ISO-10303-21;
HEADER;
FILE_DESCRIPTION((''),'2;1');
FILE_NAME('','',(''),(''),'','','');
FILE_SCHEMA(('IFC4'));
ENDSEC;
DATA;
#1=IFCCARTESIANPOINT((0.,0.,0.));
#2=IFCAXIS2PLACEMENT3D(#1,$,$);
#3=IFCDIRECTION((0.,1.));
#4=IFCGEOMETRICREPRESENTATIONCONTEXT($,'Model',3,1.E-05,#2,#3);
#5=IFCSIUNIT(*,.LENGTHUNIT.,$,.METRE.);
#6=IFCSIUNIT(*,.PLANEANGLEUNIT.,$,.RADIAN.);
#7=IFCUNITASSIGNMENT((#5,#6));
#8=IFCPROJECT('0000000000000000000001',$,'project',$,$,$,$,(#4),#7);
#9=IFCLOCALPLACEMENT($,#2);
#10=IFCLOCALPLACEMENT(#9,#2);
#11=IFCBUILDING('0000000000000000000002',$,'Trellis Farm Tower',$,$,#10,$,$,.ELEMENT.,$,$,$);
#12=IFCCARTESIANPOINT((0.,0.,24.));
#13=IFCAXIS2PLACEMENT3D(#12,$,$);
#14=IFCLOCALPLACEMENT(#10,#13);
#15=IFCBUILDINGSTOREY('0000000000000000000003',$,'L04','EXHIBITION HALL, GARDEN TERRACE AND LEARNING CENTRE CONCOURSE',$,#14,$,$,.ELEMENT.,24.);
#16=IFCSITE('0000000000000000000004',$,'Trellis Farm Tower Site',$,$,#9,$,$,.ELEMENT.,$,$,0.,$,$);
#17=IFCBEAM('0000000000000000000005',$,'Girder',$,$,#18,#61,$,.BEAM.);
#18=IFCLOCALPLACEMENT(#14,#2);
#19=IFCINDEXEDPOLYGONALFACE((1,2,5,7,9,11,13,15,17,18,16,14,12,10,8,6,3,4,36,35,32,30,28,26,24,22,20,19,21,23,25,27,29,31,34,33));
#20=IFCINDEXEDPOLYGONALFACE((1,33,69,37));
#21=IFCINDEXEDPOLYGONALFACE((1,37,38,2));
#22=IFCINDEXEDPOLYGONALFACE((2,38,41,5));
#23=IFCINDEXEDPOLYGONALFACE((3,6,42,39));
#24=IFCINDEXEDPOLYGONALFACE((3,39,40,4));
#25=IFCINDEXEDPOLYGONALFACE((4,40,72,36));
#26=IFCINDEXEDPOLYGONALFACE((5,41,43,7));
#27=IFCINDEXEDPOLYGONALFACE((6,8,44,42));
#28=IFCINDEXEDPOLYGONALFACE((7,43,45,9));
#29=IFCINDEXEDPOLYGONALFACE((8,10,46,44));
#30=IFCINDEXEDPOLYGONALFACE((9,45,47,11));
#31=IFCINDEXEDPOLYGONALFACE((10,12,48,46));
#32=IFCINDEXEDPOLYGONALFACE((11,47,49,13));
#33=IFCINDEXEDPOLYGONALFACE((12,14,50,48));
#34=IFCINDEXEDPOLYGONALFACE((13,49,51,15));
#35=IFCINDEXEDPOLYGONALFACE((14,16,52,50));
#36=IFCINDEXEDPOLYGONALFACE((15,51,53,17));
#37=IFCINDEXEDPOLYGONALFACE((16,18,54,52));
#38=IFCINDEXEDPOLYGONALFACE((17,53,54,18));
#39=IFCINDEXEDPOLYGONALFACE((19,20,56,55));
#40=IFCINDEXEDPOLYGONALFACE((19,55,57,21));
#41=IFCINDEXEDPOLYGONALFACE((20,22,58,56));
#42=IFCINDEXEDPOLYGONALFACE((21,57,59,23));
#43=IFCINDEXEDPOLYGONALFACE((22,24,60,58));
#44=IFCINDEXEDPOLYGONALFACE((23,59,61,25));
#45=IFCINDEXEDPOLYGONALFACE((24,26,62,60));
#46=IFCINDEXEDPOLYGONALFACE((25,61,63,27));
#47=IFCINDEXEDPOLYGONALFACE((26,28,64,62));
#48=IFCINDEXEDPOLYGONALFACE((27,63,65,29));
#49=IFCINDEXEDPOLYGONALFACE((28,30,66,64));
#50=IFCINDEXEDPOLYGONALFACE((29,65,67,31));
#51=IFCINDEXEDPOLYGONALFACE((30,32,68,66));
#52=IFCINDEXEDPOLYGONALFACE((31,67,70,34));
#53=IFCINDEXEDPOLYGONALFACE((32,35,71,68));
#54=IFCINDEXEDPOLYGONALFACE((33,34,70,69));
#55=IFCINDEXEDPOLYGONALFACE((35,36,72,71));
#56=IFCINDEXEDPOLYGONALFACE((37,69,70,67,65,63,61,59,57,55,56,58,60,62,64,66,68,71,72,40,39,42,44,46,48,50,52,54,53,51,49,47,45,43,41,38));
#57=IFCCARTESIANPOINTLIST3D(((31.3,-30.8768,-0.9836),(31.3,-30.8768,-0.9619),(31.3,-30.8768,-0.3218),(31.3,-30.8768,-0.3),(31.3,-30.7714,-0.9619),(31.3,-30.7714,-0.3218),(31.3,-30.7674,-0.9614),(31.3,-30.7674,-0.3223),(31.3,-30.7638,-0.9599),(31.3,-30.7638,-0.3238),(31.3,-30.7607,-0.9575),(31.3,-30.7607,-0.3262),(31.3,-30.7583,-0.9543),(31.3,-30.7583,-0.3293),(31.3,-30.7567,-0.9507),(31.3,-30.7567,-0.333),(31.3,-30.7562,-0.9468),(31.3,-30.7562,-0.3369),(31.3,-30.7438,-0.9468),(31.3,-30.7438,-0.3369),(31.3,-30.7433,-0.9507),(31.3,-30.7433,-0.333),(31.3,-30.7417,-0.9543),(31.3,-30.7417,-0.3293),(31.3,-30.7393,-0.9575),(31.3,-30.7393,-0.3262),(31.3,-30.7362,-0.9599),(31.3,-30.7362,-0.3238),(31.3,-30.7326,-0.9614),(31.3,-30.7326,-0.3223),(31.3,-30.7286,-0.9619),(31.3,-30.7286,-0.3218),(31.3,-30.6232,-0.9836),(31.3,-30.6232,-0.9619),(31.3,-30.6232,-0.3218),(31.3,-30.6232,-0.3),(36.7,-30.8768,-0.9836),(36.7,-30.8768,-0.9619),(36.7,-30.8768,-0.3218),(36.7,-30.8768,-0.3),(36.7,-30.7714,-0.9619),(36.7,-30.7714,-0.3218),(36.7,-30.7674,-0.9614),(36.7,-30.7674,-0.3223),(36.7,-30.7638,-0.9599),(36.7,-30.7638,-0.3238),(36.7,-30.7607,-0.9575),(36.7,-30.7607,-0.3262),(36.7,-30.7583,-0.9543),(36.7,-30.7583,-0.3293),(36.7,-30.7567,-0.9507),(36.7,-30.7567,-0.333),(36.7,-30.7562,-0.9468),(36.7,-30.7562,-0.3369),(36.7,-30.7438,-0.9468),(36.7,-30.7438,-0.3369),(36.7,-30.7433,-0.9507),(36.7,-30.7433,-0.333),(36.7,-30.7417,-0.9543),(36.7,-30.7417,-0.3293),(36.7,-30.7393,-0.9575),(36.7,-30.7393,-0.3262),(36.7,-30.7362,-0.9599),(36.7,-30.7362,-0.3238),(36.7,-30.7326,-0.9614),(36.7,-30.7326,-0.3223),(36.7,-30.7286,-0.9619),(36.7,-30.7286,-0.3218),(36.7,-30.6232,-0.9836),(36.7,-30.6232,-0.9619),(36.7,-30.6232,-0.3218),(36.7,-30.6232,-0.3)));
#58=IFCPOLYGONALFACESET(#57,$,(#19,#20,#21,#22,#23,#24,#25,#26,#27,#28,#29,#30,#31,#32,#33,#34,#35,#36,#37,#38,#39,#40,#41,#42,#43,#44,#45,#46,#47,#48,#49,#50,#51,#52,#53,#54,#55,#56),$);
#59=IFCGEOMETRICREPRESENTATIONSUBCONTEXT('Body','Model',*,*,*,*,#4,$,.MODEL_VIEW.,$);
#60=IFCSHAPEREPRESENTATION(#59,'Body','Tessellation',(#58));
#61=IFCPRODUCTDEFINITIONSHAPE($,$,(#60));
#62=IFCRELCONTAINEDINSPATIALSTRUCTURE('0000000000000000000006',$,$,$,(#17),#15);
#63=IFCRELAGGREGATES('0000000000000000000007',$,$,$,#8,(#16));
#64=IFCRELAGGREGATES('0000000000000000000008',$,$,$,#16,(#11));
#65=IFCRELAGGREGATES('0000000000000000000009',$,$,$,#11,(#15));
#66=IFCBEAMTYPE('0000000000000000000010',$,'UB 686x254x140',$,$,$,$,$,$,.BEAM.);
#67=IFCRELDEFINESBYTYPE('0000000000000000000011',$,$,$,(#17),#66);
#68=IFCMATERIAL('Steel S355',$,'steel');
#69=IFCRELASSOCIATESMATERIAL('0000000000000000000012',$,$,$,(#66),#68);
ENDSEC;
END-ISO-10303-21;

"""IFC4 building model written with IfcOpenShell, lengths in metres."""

from ifc_helpers import new_model, si_unit, direction, frame, origin, origin_2d, place, context, subcontext, project, spatial, i_section, extrude, source, transform, mapped, material, material_profile, profile_set, type_object, element, save


model = new_model("IFC4")

# Units and contexts
model_context = context("Model", 3, precision=1e-05, world=origin(), true_north=direction((0.0, 1.0)))
body_context = subcontext(model_context, "Body", "Model", "MODEL_VIEW")
ifc_project = project(units=[si_unit("LENGTHUNIT", "METRE"), si_unit("PLANEANGLEUNIT", "RADIAN")], contexts=[model_context])

# Site, building, storey
site_placement = place(None, origin())
site = spatial("IfcSite", under=ifc_project, at=site_placement, Name="Trellis Farm Tower Site", CompositionType="ELEMENT", RefElevation=0.0)
building_placement = place(site_placement, origin())
building = spatial("IfcBuilding", under=site, at=building_placement, Name="Trellis Farm Tower", CompositionType="ELEMENT")
storey_placement = place(building_placement, frame((0.0, 0.0, 24.0)))
storey = spatial("IfcBuildingStorey", under=building, at=storey_placement, Name="L04", Description="EXHIBITION HALL, GARDEN TERRACE AND LEARNING CENTRE CONCOURSE", CompositionType="ELEMENT", Elevation=24.0)

# Beam
ifc_material_1 = material(Name="Steel S355", Category="steel")
ifc_material_profile_1 = material_profile(ifc_material_1, i_section(OverallWidth=0.2537, OverallDepth=0.6836, WebThickness=0.0125, FlangeThickness=0.0217, FilletRadius=0.0151, at=origin_2d()), Name="UB 686x254x140")
ifc_profile_set_1 = profile_set([ifc_material_profile_1], Name="Steel S355")
beam_type_1 = type_object("IfcBeamType", Name="UB 686x254x140", PredefinedType="BEAM", material=ifc_profile_set_1)
shared_shape_1 = source(origin(), body_context, "Body", "SweptSolid", [
    extrude(i_section(OverallWidth=0.2537, OverallDepth=0.6836, WebThickness=0.0125, FlangeThickness=0.0217, FilletRadius=0.0151, at=origin_2d()), origin(), (0.0, 0.0, 1.0), 5.3999),
])
for number, where, z_axis, x_axis, name in (
    (1, (31.3, -30.75, -0.6418), (1.0, 0.0, 0.0), (0.0, 1.0, 0.0), "Girder"),
):
    element("IfcBeam", number, at=place(storey_placement, frame(where, z_axis=z_axis, x_axis=x_axis)), inside=storey, type_object=beam_type_1, Name=name, PredefinedType="BEAM", context=body_context, shape_type="MappedRepresentation", body=[
        mapped(shared_shape_1, transform((0.0, 0.0, 0.0))),
    ])

save(model, "model.ifc")
